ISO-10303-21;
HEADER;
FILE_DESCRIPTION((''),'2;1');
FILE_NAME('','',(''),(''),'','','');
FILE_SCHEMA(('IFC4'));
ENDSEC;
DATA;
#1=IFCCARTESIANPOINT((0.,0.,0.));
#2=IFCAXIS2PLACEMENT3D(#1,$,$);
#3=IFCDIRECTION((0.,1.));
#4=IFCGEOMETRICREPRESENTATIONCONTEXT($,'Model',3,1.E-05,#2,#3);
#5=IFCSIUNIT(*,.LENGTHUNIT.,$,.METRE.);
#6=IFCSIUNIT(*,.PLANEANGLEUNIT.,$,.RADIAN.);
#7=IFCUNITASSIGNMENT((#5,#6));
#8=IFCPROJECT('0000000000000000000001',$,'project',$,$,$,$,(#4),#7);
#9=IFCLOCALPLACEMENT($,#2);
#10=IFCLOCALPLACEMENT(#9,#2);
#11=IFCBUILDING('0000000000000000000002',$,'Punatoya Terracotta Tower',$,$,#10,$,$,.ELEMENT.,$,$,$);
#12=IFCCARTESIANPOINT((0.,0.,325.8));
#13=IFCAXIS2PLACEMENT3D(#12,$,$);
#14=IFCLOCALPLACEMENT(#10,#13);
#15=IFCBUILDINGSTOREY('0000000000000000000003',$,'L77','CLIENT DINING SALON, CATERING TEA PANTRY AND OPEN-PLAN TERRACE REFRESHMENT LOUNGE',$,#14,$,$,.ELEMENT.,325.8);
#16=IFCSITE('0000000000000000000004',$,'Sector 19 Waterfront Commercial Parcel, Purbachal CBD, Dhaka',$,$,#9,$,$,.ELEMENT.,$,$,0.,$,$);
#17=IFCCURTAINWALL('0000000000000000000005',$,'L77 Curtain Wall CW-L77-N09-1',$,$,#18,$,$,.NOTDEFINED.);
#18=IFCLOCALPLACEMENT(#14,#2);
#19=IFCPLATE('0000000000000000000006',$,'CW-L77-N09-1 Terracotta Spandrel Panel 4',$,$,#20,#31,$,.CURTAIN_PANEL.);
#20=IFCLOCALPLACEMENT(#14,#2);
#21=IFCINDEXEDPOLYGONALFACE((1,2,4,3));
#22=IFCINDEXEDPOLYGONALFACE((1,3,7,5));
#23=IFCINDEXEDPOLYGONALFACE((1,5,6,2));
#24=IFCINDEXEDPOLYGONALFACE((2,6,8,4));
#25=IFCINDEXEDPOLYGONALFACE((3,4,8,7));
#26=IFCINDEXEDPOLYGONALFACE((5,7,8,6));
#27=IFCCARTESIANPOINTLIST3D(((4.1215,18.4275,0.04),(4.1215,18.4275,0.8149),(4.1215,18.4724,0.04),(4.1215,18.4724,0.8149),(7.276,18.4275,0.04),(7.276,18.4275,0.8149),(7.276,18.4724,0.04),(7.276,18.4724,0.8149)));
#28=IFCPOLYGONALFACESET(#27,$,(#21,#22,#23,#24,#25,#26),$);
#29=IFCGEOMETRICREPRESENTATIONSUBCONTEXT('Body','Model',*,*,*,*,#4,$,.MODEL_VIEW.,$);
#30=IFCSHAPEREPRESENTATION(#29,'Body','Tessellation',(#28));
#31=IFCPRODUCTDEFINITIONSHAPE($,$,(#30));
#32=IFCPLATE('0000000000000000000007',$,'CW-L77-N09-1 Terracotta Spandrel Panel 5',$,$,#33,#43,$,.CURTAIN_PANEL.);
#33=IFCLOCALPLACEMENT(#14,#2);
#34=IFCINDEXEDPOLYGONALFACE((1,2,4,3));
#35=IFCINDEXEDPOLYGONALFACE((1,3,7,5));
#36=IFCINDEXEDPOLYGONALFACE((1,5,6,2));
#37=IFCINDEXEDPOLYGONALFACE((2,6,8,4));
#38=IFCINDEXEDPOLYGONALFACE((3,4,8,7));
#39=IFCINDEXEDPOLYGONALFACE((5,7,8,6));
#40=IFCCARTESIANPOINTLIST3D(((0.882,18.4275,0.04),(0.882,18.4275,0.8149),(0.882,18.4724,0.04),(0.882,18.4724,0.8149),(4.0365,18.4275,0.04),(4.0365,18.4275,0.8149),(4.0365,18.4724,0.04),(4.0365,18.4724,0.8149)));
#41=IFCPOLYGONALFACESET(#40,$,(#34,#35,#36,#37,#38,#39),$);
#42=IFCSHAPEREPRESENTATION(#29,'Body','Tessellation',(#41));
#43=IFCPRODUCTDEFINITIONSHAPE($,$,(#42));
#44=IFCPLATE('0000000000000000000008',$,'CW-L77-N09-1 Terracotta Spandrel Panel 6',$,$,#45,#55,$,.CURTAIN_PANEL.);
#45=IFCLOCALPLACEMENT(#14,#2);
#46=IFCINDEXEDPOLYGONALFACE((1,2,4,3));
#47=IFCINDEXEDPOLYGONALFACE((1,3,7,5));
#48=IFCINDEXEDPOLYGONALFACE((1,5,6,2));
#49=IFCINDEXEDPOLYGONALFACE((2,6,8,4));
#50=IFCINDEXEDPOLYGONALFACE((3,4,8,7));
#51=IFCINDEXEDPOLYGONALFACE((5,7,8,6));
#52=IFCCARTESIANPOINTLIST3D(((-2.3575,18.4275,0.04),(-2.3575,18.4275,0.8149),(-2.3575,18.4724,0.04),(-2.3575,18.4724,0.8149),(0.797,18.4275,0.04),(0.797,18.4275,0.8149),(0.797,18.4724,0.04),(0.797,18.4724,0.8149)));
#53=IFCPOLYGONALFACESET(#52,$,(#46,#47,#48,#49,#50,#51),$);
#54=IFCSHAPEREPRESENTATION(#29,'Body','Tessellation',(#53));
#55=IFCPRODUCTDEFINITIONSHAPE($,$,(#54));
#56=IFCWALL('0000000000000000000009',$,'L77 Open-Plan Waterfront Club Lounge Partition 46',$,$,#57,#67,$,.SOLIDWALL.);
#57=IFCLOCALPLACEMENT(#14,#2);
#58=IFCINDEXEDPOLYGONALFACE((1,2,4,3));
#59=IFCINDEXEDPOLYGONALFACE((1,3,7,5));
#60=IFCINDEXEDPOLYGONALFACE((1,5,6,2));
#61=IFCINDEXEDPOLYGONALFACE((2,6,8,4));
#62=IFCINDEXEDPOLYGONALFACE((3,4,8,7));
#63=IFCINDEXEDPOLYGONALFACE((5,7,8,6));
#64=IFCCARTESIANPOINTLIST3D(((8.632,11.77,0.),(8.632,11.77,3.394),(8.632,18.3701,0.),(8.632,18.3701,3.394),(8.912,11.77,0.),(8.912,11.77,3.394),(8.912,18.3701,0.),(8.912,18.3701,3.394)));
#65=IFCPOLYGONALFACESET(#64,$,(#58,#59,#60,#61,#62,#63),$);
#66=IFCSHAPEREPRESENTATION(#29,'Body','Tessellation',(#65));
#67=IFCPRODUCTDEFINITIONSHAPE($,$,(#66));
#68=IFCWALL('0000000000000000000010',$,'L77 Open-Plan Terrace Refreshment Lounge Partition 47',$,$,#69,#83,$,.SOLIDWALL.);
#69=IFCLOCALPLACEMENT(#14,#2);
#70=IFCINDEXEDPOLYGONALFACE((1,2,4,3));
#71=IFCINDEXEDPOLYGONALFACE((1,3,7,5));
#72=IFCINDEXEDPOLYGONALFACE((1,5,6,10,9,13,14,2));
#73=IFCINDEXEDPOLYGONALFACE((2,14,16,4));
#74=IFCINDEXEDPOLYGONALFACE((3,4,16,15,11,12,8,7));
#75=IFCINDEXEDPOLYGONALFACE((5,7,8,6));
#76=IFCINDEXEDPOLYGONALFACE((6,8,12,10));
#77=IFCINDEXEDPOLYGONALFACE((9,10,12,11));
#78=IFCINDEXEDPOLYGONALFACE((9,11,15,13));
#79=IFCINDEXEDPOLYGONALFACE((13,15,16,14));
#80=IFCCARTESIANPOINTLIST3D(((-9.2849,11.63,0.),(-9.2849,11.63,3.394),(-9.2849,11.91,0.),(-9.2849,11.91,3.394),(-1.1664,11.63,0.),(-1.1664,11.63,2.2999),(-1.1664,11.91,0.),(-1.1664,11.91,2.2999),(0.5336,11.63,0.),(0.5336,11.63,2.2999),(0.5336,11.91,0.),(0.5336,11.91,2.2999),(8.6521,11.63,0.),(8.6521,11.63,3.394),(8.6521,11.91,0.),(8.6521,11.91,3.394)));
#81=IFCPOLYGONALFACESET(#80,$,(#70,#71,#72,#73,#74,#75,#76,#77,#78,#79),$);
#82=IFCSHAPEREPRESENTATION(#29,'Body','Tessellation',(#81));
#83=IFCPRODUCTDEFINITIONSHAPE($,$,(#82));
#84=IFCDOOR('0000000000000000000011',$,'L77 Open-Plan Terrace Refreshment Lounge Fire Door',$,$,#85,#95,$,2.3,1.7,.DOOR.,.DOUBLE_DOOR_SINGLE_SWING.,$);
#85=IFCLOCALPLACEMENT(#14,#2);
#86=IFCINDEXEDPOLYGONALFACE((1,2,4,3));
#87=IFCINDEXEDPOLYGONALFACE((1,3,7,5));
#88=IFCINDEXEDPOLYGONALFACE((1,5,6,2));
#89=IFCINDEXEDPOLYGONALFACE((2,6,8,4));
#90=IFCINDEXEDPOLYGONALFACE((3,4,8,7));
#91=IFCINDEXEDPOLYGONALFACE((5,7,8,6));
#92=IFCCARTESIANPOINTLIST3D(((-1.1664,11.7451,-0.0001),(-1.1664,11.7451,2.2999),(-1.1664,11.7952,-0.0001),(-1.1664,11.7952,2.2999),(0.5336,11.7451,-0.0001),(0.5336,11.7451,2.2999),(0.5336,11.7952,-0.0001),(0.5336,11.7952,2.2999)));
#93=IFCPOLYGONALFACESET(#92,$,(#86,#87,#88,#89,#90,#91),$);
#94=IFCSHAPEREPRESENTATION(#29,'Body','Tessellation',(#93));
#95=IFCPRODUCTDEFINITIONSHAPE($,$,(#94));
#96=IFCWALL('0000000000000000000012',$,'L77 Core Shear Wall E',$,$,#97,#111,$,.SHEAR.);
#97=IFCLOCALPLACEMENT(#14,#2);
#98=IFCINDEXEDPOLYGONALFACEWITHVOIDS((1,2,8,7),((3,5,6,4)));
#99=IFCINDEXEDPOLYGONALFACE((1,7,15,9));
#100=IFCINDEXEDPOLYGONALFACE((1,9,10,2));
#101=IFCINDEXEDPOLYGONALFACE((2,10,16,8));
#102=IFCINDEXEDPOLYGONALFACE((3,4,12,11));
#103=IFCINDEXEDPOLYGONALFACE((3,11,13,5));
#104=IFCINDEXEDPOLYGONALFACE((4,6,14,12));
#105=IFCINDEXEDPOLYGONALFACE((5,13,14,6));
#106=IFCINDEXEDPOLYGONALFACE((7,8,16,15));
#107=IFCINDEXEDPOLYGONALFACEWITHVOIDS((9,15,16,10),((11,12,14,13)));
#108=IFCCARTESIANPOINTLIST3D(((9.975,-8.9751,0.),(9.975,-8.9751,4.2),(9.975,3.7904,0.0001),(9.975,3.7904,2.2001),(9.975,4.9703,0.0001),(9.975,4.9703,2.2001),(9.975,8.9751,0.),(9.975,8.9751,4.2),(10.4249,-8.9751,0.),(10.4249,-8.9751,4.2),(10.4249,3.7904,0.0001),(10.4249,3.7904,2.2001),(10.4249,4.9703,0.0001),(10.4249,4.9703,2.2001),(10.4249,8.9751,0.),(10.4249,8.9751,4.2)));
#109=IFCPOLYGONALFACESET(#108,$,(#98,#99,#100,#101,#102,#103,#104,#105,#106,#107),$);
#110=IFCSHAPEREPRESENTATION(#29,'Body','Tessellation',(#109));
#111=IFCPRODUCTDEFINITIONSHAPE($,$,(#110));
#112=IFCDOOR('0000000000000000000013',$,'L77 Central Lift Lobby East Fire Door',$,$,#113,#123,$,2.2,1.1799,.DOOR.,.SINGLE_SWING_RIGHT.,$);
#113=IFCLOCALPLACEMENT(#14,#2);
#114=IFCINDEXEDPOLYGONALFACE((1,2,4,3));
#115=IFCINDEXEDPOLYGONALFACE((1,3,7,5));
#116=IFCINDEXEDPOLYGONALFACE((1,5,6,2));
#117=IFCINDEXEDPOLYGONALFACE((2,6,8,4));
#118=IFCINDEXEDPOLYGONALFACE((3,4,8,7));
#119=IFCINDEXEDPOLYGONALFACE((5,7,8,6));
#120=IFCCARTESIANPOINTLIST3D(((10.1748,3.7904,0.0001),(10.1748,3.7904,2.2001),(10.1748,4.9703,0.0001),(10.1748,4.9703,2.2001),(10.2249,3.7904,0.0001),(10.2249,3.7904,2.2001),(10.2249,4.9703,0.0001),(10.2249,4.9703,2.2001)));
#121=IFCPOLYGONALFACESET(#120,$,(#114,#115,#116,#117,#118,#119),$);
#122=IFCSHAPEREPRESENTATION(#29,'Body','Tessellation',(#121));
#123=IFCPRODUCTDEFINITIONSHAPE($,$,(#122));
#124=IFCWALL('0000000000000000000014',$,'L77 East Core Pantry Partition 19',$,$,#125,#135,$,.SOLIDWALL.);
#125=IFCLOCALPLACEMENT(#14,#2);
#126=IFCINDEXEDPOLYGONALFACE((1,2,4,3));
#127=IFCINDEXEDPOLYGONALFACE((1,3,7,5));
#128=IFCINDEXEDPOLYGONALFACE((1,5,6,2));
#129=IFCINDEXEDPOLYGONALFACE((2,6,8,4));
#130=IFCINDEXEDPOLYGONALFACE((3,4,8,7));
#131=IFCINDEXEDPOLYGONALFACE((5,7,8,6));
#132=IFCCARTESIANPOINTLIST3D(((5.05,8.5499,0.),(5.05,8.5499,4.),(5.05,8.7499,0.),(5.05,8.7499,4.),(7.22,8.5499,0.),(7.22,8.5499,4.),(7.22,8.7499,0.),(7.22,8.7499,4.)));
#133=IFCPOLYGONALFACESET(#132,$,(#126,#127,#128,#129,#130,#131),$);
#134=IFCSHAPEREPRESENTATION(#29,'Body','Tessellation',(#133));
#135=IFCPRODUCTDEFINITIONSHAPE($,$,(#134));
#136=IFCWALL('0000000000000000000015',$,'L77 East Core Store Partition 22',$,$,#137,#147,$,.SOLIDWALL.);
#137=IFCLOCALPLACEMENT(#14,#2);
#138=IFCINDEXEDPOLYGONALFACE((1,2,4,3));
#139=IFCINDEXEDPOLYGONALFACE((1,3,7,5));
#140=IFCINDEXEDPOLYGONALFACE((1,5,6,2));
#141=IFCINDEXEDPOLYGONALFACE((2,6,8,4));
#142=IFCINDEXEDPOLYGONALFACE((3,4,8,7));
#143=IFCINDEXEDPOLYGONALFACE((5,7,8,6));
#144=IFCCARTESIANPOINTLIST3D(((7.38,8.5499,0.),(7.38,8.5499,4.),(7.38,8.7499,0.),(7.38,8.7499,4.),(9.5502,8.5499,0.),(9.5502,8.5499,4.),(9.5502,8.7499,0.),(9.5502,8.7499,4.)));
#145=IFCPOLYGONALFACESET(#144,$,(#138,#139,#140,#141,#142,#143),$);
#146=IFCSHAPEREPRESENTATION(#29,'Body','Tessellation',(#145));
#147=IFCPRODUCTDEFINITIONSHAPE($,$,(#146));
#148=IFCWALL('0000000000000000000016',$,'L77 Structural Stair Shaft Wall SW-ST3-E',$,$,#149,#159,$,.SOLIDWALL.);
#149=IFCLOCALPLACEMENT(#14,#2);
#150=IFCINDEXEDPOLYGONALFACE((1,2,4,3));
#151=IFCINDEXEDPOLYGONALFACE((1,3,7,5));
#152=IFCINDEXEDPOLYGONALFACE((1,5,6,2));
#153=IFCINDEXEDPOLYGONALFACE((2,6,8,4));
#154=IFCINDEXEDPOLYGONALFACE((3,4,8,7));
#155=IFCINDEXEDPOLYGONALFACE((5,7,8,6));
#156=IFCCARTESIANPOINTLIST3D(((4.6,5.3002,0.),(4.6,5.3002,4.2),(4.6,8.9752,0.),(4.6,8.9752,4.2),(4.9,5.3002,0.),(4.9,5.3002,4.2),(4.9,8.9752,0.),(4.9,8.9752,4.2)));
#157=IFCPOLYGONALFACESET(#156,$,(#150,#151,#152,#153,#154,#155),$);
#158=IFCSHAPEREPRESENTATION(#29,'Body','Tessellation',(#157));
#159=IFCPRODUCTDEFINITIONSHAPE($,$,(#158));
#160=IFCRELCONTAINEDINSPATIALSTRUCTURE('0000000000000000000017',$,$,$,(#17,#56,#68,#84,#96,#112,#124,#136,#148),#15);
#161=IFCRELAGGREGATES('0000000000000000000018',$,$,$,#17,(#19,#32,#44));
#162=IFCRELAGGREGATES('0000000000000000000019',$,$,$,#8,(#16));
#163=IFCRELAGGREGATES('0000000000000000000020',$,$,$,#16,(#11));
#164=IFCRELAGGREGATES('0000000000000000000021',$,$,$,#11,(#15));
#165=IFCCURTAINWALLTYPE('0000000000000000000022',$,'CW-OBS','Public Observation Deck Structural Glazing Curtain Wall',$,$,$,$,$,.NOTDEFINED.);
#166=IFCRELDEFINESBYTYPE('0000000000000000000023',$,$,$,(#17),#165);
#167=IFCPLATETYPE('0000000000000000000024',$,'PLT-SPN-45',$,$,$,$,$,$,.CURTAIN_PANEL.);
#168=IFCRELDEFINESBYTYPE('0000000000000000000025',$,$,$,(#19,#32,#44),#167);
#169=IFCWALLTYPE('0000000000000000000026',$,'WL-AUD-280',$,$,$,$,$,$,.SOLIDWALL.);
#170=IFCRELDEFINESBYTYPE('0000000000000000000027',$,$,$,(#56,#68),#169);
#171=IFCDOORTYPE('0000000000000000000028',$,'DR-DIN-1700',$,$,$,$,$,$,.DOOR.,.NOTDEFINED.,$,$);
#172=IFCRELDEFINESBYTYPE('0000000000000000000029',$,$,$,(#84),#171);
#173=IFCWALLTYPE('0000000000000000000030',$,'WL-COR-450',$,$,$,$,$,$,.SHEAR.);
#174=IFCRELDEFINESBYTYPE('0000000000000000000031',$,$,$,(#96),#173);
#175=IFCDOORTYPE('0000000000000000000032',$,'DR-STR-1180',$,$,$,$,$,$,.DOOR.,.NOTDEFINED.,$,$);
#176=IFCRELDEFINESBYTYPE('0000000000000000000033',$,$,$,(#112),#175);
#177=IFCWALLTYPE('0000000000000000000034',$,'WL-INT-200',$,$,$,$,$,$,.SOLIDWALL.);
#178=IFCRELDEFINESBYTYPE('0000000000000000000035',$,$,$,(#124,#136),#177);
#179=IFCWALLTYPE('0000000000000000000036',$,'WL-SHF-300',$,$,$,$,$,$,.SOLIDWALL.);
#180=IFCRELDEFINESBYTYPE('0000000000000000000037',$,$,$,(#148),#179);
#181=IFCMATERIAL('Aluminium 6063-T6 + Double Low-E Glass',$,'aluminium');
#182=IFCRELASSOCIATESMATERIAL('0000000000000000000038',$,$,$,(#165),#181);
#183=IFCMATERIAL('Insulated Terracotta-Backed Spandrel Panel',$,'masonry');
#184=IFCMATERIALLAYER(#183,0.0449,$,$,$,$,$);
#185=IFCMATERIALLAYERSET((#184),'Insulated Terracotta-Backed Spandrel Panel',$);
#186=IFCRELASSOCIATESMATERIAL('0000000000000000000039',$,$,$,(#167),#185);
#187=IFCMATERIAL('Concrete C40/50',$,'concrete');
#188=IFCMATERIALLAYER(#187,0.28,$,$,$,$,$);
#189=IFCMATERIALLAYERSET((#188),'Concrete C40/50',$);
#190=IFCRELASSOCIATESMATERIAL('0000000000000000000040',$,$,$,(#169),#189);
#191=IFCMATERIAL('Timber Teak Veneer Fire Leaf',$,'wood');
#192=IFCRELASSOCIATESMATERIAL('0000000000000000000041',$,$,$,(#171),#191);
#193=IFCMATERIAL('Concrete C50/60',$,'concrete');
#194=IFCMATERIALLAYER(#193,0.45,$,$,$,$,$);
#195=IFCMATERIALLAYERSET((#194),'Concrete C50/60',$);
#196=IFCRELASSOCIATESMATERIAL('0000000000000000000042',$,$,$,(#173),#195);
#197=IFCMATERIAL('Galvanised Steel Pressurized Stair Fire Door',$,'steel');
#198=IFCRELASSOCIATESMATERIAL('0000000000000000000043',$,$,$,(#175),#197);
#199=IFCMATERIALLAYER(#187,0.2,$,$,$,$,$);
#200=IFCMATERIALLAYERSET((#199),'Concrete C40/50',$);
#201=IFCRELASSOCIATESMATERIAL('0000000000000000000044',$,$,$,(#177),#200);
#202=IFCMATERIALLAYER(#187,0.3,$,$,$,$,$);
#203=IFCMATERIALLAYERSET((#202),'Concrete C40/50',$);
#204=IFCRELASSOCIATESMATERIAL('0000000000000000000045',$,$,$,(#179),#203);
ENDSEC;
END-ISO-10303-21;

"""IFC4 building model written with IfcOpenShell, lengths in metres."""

from ifc_helpers import new_model, si_unit, direction, frame, frame_2d, origin, origin_2d, place, context, subcontext, project, spatial, rectangle, extrude, material, layer, layer_set, type_object, element, fill, aggregate, save


model = new_model("IFC4")

# Units and contexts
model_context = context("Model", 3, precision=1e-05, world=origin(), true_north=direction((0.0, 1.0)))
body_context = subcontext(model_context, "Body", "Model", "MODEL_VIEW")
ifc_project = project(units=[si_unit("LENGTHUNIT", "METRE"), si_unit("PLANEANGLEUNIT", "RADIAN")], contexts=[model_context])

# Site, building, storey
site_placement = place(None, origin())
site = spatial("IfcSite", under=ifc_project, at=site_placement, Name="Sector 19 Waterfront Commercial Parcel, Purbachal CBD, Dhaka", CompositionType="ELEMENT", RefElevation=0.0)
building_placement = place(site_placement, origin())
building = spatial("IfcBuilding", under=site, at=building_placement, Name="Punatoya Terracotta Tower", CompositionType="ELEMENT")
storey_placement = place(building_placement, frame((0.0, 0.0, 325.8)))
storey = spatial("IfcBuildingStorey", under=building, at=storey_placement, Name="L77", Description="CLIENT DINING SALON, CATERING TEA PANTRY AND OPEN-PLAN TERRACE REFRESHMENT LOUNGE", CompositionType="ELEMENT", Elevation=325.8)

# Curtain wall, plates
ifc_material_1 = material(Name="Aluminium 6063-T6 + Double Low-E Glass", Category="aluminium")
curtain_wall_type = type_object("IfcCurtainWallType", Name="CW-OBS", Description="Public Observation Deck Structural Glazing Curtain Wall", PredefinedType="NOTDEFINED", material=ifc_material_1)
curtain_wall_placement = place(storey_placement, origin())
curtain_wall = element("IfcCurtainWall", 1, at=curtain_wall_placement, inside=storey, type_object=curtain_wall_type, Name="L77 Curtain Wall CW-L77-N09-1", PredefinedType="NOTDEFINED")
ifc_material_2 = material(Name="Insulated Terracotta-Backed Spandrel Panel", Category="masonry")
ifc_layer_1 = layer(ifc_material_2, 0.0449)
ifc_layer_set_1 = layer_set([ifc_layer_1], Name="Insulated Terracotta-Backed Spandrel Panel")
plate_type_1 = type_object("IfcPlateType", Name="PLT-SPN-45", PredefinedType="CURTAIN_PANEL", material=ifc_layer_set_1)
plate_1_placement = place(storey_placement, frame((5.6987, 18.45, 0.04), z_axis=(0.0, 0.0, 1.0), x_axis=(-1.0, 0.0, 0.0)))
plate_1 = element("IfcPlate", 2, at=plate_1_placement, type_object=plate_type_1, Name="CW-L77-N09-1 Terracotta Spandrel Panel 4", PredefinedType="CURTAIN_PANEL", context=body_context, shape_type="SweptSolid", body=[
    extrude(rectangle(XDim=3.1545, YDim=0.0449, at=origin_2d()), origin(), (0.0, 0.0, 1.0), 0.7749),
])
plate_2_placement = place(storey_placement, frame((2.4592, 18.45, 0.04), z_axis=(0.0, 0.0, 1.0), x_axis=(-1.0, 0.0, 0.0)))
plate_2 = element("IfcPlate", 3, at=plate_2_placement, type_object=plate_type_1, Name="CW-L77-N09-1 Terracotta Spandrel Panel 5", PredefinedType="CURTAIN_PANEL", context=body_context, shape_type="SweptSolid", body=[
    extrude(rectangle(XDim=3.1545, YDim=0.0449, at=origin_2d()), origin(), (0.0, 0.0, 1.0), 0.7749),
])
plate_3_placement = place(storey_placement, frame((-0.7803, 18.45, 0.04), z_axis=(0.0, 0.0, 1.0), x_axis=(-1.0, 0.0, 0.0)))
plate_3 = element("IfcPlate", 4, at=plate_3_placement, type_object=plate_type_1, Name="CW-L77-N09-1 Terracotta Spandrel Panel 6", PredefinedType="CURTAIN_PANEL", context=body_context, shape_type="SweptSolid", body=[
    extrude(rectangle(XDim=3.1545, YDim=0.0449, at=origin_2d()), origin(), (0.0, 0.0, 1.0), 0.7749),
])
aggregate(curtain_wall, [plate_1, plate_2, plate_3])

# Wall
ifc_material_3 = material(Name="Concrete C40/50", Category="concrete")
ifc_layer_2 = layer(ifc_material_3, 0.28)
ifc_layer_set_2 = layer_set([ifc_layer_2], Name="Concrete C40/50")
wall_type_1 = type_object("IfcWallType", Name="WL-AUD-280", PredefinedType="SOLIDWALL", material=ifc_layer_set_2)
wall_1_placement = place(storey_placement, frame((8.772, 11.77, 0.0), z_axis=(0.0, 0.0, 1.0), x_axis=(0.0, 1.0, 0.0)))
element("IfcWall", 5, at=wall_1_placement, inside=storey, type_object=wall_type_1, Name="L77 Open-Plan Waterfront Club Lounge Partition 46", PredefinedType="SOLIDWALL", context=body_context, shape_type="SweptSolid", body=[
    extrude(rectangle(XDim=6.6001, YDim=0.28, at=frame_2d((3.3, 0.0))), origin(), (0.0, 0.0, 1.0), 3.394),
])

# Walls, openings, doors
wall_2_placement = place(storey_placement, frame((8.6521, 11.77, 0.0), z_axis=(0.0, 0.0, 1.0), x_axis=(-1.0, 0.0, 0.0)))
wall_2 = element("IfcWall", 6, at=wall_2_placement, inside=storey, type_object=wall_type_1, Name="L77 Open-Plan Terrace Refreshment Lounge Partition 47", PredefinedType="SOLIDWALL", context=body_context, shape_type="SweptSolid", body=[
    extrude(rectangle(XDim=17.937, YDim=0.28, at=frame_2d((8.9685, 0.0))), origin(), (0.0, 0.0, 1.0), 3.394),
])
opening_1_placement = place(wall_2_placement, frame((8.1184, 0.0, 0.0)))
opening_1 = element("IfcOpeningElement", 7, at=opening_1_placement, cuts=wall_2, PredefinedType="OPENING", context=body_context, shape_type="SweptSolid", body=[
    extrude(rectangle(XDim=1.7, YDim=2.3, at=frame_2d((0.8501, 1.1499))), frame((0.0, 0.1499, 0.0), z_axis=(0.0, -1.0, 0.0), x_axis=(1.0, 0.0, 0.0)), (0.0, 0.0, 1.0), 0.3),
])
ifc_material_4 = material(Name="Timber Teak Veneer Fire Leaf", Category="wood")
door_type_1 = type_object("IfcDoorType", Name="DR-DIN-1700", OperationType="NOTDEFINED", PredefinedType="DOOR", material=ifc_material_4)
door_1_placement = place(opening_1_placement, origin())
door_1 = element("IfcDoor", 8, at=door_1_placement, inside=storey, type_object=door_type_1, Name="L77 Open-Plan Terrace Refreshment Lounge Fire Door", OperationType="DOUBLE_DOOR_SINGLE_SWING", OverallHeight=2.3, OverallWidth=1.7, PredefinedType="DOOR", context=body_context, shape_type="SweptSolid", body=[
    extrude(rectangle(XDim=1.7, YDim=2.3, at=frame_2d((0.8501, 1.1499))), frame((0.0, 0.0249, 0.0), z_axis=(0.0, -1.0, 0.0), x_axis=(1.0, 0.0, 0.0)), (0.0, 0.0, 1.0), 0.05),
])
fill(opening_1, door_1)
ifc_material_5 = material(Name="Concrete C50/60", Category="concrete")
ifc_layer_3 = layer(ifc_material_5, 0.45)
ifc_layer_set_3 = layer_set([ifc_layer_3], Name="Concrete C50/60")
wall_type_2 = type_object("IfcWallType", Name="WL-COR-450", PredefinedType="SHEAR", material=ifc_layer_set_3)
wall_3_placement = place(storey_placement, frame((10.2, 8.9751, 0.0), z_axis=(0.0, 0.0, 1.0), x_axis=(0.0, -1.0, 0.0)))
wall_3 = element("IfcWall", 9, at=wall_3_placement, inside=storey, type_object=wall_type_2, Name="L77 Core Shear Wall E", PredefinedType="SHEAR", context=body_context, shape_type="SweptSolid", body=[
    extrude(rectangle(XDim=17.9502, YDim=0.45, at=frame_2d((8.9751, 0.0))), origin(), (0.0, 0.0, 1.0), 4.2),
])
opening_2_placement = place(wall_3_placement, frame((4.0049, 0.0, 0.0)))
opening_2 = element("IfcOpeningElement", 10, at=opening_2_placement, cuts=wall_3, PredefinedType="OPENING", context=body_context, shape_type="SweptSolid", body=[
    extrude(rectangle(XDim=1.1799, YDim=2.2, at=frame_2d((0.5898, 1.1001))), frame((0.0, 0.2349, 0.0), z_axis=(0.0, -1.0, 0.0), x_axis=(1.0, 0.0, 0.0)), (0.0, 0.0, 1.0), 0.47),
])
ifc_material_6 = material(Name="Galvanised Steel Pressurized Stair Fire Door", Category="steel")
door_type_2 = type_object("IfcDoorType", Name="DR-STR-1180", OperationType="NOTDEFINED", PredefinedType="DOOR", material=ifc_material_6)
door_2_placement = place(opening_2_placement, origin())
door_2 = element("IfcDoor", 11, at=door_2_placement, inside=storey, type_object=door_type_2, Name="L77 Central Lift Lobby East Fire Door", OperationType="SINGLE_SWING_RIGHT", OverallHeight=2.2, OverallWidth=1.1799, PredefinedType="DOOR", context=body_context, shape_type="SweptSolid", body=[
    extrude(rectangle(XDim=1.1799, YDim=2.2, at=frame_2d((0.5898, 1.1001))), frame((0.0, 0.0249, 0.0), z_axis=(0.0, -1.0, 0.0), x_axis=(1.0, 0.0, 0.0)), (0.0, 0.0, 1.0), 0.05),
])
fill(opening_2, door_2)

# Walls
ifc_layer_4 = layer(ifc_material_3, 0.2)
ifc_layer_set_4 = layer_set([ifc_layer_4], Name="Concrete C40/50")
wall_type_3 = type_object("IfcWallType", Name="WL-INT-200", PredefinedType="SOLIDWALL", material=ifc_layer_set_4)
wall_4_placement = place(storey_placement, frame((7.22, 8.6499, 0.0), z_axis=(0.0, 0.0, 1.0), x_axis=(-1.0, 0.0, 0.0)))
element("IfcWall", 12, at=wall_4_placement, inside=storey, type_object=wall_type_3, Name="L77 East Core Pantry Partition 19", PredefinedType="SOLIDWALL", context=body_context, shape_type="SweptSolid", body=[
    extrude(rectangle(XDim=2.1699, YDim=0.2, at=frame_2d((1.085, 0.0))), origin(), (0.0, 0.0, 1.0), 4.0),
])
wall_5_placement = place(storey_placement, frame((9.55, 8.6499, 0.0), z_axis=(0.0, 0.0, 1.0), x_axis=(-1.0, 0.0, 0.0)))
element("IfcWall", 13, at=wall_5_placement, inside=storey, type_object=wall_type_3, Name="L77 East Core Store Partition 22", PredefinedType="SOLIDWALL", context=body_context, shape_type="SweptSolid", body=[
    extrude(rectangle(XDim=2.1702, YDim=0.2, at=frame_2d((1.085, 0.0))), origin(), (0.0, 0.0, 1.0), 4.0),
])
ifc_layer_5 = layer(ifc_material_3, 0.3)
ifc_layer_set_5 = layer_set([ifc_layer_5], Name="Concrete C40/50")
wall_type_4 = type_object("IfcWallType", Name="WL-SHF-300", PredefinedType="SOLIDWALL", material=ifc_layer_set_5)
wall_6_placement = place(storey_placement, frame((4.75, 8.9751, 0.0), z_axis=(0.0, 0.0, 1.0), x_axis=(0.0, -1.0, 0.0)))
element("IfcWall", 14, at=wall_6_placement, inside=storey, type_object=wall_type_4, Name="L77 Structural Stair Shaft Wall SW-ST3-E", PredefinedType="SOLIDWALL", context=body_context, shape_type="SweptSolid", body=[
    extrude(rectangle(XDim=3.675, YDim=0.3, at=frame_2d((1.8374, 0.0))), origin(), (0.0, 0.0, 1.0), 4.2),
])

save(model, "model.ifc")
